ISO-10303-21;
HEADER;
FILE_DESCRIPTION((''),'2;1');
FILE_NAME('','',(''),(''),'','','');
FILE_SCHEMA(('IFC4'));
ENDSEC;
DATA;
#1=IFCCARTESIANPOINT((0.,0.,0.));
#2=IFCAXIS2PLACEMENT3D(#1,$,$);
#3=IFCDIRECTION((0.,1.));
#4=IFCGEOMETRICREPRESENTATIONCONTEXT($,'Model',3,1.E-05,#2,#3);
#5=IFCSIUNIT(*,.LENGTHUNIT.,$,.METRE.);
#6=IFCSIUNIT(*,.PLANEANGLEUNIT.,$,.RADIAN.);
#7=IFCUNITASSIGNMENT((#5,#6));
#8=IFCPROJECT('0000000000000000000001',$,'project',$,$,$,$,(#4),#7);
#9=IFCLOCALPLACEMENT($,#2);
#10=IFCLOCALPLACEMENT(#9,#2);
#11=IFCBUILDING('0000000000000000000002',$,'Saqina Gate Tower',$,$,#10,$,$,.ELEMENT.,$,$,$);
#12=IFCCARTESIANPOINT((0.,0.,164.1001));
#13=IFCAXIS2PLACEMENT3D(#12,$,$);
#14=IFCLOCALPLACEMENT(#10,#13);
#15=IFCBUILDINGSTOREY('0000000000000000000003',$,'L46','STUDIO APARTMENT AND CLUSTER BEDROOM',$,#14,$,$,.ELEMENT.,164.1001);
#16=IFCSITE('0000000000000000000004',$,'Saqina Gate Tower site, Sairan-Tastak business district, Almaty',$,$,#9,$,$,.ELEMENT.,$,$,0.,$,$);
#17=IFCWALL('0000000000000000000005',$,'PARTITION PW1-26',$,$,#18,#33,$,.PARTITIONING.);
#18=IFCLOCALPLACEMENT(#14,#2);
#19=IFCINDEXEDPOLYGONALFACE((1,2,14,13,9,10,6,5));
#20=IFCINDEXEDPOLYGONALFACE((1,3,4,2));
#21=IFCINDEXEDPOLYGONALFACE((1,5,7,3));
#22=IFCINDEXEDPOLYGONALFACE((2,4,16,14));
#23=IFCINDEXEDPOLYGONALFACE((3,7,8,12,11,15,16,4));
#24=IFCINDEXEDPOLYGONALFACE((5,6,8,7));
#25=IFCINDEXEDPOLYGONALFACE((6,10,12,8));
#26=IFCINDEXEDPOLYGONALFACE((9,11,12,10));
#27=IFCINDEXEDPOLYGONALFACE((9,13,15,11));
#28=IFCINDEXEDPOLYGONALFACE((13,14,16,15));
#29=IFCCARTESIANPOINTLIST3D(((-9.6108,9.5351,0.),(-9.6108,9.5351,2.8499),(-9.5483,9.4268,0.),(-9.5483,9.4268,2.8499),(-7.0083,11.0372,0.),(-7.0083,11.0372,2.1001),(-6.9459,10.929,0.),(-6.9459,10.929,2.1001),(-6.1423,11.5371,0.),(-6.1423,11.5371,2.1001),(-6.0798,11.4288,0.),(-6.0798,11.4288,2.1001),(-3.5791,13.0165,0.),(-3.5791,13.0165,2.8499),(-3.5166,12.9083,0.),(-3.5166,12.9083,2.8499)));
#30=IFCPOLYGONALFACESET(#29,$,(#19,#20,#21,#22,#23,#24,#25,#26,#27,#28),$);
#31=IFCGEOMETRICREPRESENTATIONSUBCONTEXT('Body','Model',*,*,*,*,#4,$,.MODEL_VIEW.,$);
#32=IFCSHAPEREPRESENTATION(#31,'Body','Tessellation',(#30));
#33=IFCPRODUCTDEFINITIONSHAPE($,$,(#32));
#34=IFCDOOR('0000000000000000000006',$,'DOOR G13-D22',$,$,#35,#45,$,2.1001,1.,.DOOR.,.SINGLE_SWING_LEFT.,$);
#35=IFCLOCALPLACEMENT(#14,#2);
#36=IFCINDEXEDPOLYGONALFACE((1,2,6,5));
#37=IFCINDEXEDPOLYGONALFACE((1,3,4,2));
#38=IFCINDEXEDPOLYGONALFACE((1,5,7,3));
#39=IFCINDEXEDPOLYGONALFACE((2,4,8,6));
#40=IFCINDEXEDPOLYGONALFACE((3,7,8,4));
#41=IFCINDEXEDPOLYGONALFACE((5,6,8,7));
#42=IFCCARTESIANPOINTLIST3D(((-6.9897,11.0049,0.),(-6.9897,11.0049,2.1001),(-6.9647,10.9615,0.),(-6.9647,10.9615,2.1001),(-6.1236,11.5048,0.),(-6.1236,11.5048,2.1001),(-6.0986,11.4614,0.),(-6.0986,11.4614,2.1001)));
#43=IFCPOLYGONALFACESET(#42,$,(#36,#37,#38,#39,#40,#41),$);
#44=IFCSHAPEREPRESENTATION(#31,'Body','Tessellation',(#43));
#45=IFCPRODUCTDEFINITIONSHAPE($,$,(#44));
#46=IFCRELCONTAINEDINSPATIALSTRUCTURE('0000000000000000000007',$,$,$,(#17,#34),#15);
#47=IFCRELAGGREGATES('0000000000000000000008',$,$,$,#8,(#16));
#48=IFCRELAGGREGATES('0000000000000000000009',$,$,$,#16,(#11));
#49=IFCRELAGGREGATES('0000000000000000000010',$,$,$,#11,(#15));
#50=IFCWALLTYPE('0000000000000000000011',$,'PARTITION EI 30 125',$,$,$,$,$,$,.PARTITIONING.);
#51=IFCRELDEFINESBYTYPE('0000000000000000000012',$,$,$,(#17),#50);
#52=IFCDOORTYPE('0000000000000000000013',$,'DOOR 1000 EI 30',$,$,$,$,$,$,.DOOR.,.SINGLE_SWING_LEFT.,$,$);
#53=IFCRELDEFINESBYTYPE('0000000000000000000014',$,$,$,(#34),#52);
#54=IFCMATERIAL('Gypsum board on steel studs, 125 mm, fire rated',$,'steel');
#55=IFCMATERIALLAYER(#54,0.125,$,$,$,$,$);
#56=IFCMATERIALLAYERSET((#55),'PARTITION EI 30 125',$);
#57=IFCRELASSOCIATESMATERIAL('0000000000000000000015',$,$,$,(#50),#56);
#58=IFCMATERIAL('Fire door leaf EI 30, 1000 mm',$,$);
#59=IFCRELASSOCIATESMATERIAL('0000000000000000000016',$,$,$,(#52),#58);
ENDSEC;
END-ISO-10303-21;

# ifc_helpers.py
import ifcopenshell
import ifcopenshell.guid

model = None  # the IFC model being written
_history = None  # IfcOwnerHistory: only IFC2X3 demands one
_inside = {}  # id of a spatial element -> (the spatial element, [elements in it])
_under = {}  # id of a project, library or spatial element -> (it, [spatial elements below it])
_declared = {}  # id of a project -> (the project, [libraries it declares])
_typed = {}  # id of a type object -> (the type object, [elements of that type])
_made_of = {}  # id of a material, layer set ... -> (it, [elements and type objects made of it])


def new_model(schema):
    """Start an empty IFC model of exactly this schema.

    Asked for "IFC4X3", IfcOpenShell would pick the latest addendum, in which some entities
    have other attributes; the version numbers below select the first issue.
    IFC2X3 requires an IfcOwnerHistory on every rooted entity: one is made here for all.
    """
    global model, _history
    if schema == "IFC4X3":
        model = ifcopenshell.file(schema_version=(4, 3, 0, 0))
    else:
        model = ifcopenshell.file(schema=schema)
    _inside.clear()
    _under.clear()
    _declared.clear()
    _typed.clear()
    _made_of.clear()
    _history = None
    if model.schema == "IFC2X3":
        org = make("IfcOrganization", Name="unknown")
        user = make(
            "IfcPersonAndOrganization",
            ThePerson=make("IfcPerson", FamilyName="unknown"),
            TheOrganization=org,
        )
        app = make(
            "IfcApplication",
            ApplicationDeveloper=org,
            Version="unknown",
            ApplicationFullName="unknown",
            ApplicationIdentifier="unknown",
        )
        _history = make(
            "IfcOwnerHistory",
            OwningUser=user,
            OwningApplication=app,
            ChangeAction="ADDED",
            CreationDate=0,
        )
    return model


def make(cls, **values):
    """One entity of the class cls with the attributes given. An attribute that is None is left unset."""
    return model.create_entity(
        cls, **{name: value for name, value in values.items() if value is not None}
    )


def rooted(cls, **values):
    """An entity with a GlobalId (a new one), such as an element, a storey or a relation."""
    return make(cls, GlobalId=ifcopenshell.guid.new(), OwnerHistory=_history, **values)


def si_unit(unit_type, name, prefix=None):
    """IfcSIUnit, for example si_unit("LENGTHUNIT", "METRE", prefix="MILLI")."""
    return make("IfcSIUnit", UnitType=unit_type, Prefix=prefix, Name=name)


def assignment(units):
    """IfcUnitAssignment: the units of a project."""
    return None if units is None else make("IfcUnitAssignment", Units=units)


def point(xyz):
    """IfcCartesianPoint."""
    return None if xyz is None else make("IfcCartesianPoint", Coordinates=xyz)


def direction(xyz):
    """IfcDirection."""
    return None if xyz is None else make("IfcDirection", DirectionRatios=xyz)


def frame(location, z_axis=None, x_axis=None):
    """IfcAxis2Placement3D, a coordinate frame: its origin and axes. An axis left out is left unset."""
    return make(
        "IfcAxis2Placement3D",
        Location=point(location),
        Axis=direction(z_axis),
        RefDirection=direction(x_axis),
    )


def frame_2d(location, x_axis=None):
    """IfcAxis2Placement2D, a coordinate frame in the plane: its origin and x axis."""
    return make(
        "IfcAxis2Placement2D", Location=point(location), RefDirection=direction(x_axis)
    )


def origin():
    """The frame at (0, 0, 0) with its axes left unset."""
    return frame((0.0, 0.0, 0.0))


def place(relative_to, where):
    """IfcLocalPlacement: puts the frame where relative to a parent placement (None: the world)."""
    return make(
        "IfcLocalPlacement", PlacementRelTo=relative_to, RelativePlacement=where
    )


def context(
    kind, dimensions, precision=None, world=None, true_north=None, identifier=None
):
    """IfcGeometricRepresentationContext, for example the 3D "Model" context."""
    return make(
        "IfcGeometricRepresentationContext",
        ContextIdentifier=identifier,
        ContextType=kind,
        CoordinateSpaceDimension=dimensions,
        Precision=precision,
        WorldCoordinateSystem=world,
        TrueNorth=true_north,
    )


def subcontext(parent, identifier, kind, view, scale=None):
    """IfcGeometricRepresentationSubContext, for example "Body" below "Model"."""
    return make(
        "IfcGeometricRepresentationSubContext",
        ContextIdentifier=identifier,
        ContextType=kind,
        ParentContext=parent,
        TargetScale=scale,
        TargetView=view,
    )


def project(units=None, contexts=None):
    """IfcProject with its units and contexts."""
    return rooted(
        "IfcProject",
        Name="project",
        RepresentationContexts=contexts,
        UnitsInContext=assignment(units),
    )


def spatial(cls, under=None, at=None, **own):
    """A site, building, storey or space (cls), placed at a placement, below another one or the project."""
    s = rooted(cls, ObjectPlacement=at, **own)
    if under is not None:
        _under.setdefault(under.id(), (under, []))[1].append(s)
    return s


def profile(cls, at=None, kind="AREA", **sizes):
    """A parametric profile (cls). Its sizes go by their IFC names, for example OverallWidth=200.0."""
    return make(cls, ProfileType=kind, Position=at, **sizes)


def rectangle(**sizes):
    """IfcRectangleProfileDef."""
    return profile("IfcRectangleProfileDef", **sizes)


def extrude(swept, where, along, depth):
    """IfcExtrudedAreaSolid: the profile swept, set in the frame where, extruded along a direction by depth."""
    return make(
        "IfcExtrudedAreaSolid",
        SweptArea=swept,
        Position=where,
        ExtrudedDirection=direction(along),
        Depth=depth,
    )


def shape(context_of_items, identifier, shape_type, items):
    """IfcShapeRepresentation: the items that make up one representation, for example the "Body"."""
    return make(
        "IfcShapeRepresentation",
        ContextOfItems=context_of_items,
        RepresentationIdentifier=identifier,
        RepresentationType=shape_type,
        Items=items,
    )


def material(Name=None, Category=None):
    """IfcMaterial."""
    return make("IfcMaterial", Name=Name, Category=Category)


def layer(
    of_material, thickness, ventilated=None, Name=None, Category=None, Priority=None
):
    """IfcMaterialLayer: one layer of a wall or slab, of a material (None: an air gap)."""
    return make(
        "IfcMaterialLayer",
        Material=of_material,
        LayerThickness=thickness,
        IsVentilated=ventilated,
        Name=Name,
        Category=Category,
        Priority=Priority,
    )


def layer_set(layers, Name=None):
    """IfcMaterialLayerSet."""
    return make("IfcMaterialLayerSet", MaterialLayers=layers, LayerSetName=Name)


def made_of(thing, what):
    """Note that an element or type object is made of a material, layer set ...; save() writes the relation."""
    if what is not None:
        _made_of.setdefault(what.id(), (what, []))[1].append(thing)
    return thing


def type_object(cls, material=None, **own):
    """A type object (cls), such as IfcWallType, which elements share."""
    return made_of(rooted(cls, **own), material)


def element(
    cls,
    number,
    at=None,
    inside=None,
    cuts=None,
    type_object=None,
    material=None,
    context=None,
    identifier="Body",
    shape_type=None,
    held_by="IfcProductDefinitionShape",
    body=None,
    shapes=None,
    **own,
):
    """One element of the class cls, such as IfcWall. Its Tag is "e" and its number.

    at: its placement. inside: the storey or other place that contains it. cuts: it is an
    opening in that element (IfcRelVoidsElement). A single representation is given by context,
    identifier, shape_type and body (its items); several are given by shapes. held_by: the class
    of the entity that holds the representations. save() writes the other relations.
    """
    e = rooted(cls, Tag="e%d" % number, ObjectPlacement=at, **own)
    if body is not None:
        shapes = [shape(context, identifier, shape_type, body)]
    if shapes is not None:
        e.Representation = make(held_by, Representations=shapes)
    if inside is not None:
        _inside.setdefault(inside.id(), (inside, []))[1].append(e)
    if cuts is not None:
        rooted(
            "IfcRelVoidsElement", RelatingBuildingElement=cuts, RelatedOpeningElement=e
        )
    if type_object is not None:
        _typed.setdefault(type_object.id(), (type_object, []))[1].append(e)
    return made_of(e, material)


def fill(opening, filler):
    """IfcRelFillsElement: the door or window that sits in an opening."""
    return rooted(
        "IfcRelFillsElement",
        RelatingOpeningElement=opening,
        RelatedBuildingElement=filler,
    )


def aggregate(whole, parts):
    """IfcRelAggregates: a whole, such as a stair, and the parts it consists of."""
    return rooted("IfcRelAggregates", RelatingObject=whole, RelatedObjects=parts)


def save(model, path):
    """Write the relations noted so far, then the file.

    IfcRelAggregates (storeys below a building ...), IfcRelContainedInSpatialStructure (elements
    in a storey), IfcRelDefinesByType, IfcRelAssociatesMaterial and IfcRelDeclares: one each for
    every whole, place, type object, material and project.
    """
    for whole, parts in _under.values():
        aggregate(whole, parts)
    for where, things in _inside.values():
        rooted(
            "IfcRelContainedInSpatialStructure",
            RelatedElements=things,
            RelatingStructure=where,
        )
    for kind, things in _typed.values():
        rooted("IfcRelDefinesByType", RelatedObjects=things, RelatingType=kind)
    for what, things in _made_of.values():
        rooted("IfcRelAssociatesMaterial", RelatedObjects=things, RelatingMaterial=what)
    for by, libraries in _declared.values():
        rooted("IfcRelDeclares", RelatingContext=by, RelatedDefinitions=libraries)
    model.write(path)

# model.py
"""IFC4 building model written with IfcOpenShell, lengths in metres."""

from ifc_helpers import new_model, si_unit, direction, frame, frame_2d, origin, place, context, subcontext, project, spatial, rectangle, extrude, material, layer, layer_set, type_object, element, fill, save


model = new_model("IFC4")

# Units and contexts
model_context = context("Model", 3, precision=1e-05, world=origin(), true_north=direction((0.0, 1.0)))
body_context = subcontext(model_context, "Body", "Model", "MODEL_VIEW")
ifc_project = project(units=[si_unit("LENGTHUNIT", "METRE"), si_unit("PLANEANGLEUNIT", "RADIAN")], contexts=[model_context])

# Site, building, storey
site_placement = place(None, origin())
site = spatial("IfcSite", under=ifc_project, at=site_placement, Name="Saqina Gate Tower site, Sairan-Tastak business district, Almaty", CompositionType="ELEMENT", RefElevation=0.0)
building_placement = place(site_placement, origin())
building = spatial("IfcBuilding", under=site, at=building_placement, Name="Saqina Gate Tower", CompositionType="ELEMENT")
storey_placement = place(building_placement, frame((0.0, 0.0, 164.1001)))
storey = spatial("IfcBuildingStorey", under=building, at=storey_placement, Name="L46", Description="STUDIO APARTMENT AND CLUSTER BEDROOM", CompositionType="ELEMENT", Elevation=164.1001)

# Shared definitions
ifc_material_1 = material(Name="Gypsum board on steel studs, 125 mm, fire rated", Category="steel")
ifc_layer_1 = layer(ifc_material_1, 0.125)
ifc_layer_set_1 = layer_set([ifc_layer_1], Name="PARTITION EI 30 125")
wall_type_1 = type_object("IfcWallType", Name="PARTITION EI 30 125", PredefinedType="PARTITIONING", material=ifc_layer_set_1)

# Wall, opening, door
wall_1_placement = place(storey_placement, frame((-9.5796, 9.481, 0.0), z_axis=(0.0, 0.0, 1.0), x_axis=(0.866086, 0.499894, 0.0)))
wall_1 = element("IfcWall", 1, at=wall_1_placement, inside=storey, type_object=wall_type_1, Name="PARTITION PW1-26", PredefinedType="PARTITIONING", context=body_context, shape_type="SweptSolid", body=[
    extrude(rectangle(XDim=6.9644, YDim=0.125, at=frame_2d((3.4822, 0.0))), origin(), (0.0, 0.0, 1.0), 2.8499),
])
opening_1_placement = place(wall_1_placement, frame((3.0049, 0.0, 0.0)))
opening_1 = element("IfcOpeningElement", 2, at=opening_1_placement, cuts=wall_1, PredefinedType="OPENING", context=body_context, shape_type="SweptSolid", body=[
    extrude(rectangle(XDim=1.0, YDim=2.1001, at=frame_2d((0.5, 1.05))), frame((0.0, 0.0745, 0.0), z_axis=(0.0, -1.0, 0.0), x_axis=(1.0, 0.0, 0.0)), (0.0, 0.0, 1.0), 0.1489),
])
ifc_material_2 = material(Name="Fire door leaf EI 30, 1000 mm")
door_type = type_object("IfcDoorType", Name="DOOR 1000 EI 30", OperationType="SINGLE_SWING_LEFT", PredefinedType="DOOR", material=ifc_material_2)
door_placement = place(opening_1_placement, frame((1.0, 0.0, 0.0), z_axis=(0.0, 0.0, 1.0), x_axis=(-1.0, 0.0, 0.0)))
door = element("IfcDoor", 3, at=door_placement, inside=storey, type_object=door_type, Name="DOOR G13-D22", OperationType="SINGLE_SWING_LEFT", OverallHeight=2.1001, OverallWidth=1.0, PredefinedType="DOOR", context=body_context, shape_type="SweptSolid", body=[
    extrude(rectangle(XDim=1.0, YDim=2.1001, at=frame_2d((0.5, 1.05))), frame((0.0, 0.0249, 0.0), z_axis=(0.0, -1.0, 0.0), x_axis=(1.0, 0.0, 0.0)), (0.0, 0.0, 1.0), 0.05),
])
fill(opening_1, door)

save(model, "model.ifc")
